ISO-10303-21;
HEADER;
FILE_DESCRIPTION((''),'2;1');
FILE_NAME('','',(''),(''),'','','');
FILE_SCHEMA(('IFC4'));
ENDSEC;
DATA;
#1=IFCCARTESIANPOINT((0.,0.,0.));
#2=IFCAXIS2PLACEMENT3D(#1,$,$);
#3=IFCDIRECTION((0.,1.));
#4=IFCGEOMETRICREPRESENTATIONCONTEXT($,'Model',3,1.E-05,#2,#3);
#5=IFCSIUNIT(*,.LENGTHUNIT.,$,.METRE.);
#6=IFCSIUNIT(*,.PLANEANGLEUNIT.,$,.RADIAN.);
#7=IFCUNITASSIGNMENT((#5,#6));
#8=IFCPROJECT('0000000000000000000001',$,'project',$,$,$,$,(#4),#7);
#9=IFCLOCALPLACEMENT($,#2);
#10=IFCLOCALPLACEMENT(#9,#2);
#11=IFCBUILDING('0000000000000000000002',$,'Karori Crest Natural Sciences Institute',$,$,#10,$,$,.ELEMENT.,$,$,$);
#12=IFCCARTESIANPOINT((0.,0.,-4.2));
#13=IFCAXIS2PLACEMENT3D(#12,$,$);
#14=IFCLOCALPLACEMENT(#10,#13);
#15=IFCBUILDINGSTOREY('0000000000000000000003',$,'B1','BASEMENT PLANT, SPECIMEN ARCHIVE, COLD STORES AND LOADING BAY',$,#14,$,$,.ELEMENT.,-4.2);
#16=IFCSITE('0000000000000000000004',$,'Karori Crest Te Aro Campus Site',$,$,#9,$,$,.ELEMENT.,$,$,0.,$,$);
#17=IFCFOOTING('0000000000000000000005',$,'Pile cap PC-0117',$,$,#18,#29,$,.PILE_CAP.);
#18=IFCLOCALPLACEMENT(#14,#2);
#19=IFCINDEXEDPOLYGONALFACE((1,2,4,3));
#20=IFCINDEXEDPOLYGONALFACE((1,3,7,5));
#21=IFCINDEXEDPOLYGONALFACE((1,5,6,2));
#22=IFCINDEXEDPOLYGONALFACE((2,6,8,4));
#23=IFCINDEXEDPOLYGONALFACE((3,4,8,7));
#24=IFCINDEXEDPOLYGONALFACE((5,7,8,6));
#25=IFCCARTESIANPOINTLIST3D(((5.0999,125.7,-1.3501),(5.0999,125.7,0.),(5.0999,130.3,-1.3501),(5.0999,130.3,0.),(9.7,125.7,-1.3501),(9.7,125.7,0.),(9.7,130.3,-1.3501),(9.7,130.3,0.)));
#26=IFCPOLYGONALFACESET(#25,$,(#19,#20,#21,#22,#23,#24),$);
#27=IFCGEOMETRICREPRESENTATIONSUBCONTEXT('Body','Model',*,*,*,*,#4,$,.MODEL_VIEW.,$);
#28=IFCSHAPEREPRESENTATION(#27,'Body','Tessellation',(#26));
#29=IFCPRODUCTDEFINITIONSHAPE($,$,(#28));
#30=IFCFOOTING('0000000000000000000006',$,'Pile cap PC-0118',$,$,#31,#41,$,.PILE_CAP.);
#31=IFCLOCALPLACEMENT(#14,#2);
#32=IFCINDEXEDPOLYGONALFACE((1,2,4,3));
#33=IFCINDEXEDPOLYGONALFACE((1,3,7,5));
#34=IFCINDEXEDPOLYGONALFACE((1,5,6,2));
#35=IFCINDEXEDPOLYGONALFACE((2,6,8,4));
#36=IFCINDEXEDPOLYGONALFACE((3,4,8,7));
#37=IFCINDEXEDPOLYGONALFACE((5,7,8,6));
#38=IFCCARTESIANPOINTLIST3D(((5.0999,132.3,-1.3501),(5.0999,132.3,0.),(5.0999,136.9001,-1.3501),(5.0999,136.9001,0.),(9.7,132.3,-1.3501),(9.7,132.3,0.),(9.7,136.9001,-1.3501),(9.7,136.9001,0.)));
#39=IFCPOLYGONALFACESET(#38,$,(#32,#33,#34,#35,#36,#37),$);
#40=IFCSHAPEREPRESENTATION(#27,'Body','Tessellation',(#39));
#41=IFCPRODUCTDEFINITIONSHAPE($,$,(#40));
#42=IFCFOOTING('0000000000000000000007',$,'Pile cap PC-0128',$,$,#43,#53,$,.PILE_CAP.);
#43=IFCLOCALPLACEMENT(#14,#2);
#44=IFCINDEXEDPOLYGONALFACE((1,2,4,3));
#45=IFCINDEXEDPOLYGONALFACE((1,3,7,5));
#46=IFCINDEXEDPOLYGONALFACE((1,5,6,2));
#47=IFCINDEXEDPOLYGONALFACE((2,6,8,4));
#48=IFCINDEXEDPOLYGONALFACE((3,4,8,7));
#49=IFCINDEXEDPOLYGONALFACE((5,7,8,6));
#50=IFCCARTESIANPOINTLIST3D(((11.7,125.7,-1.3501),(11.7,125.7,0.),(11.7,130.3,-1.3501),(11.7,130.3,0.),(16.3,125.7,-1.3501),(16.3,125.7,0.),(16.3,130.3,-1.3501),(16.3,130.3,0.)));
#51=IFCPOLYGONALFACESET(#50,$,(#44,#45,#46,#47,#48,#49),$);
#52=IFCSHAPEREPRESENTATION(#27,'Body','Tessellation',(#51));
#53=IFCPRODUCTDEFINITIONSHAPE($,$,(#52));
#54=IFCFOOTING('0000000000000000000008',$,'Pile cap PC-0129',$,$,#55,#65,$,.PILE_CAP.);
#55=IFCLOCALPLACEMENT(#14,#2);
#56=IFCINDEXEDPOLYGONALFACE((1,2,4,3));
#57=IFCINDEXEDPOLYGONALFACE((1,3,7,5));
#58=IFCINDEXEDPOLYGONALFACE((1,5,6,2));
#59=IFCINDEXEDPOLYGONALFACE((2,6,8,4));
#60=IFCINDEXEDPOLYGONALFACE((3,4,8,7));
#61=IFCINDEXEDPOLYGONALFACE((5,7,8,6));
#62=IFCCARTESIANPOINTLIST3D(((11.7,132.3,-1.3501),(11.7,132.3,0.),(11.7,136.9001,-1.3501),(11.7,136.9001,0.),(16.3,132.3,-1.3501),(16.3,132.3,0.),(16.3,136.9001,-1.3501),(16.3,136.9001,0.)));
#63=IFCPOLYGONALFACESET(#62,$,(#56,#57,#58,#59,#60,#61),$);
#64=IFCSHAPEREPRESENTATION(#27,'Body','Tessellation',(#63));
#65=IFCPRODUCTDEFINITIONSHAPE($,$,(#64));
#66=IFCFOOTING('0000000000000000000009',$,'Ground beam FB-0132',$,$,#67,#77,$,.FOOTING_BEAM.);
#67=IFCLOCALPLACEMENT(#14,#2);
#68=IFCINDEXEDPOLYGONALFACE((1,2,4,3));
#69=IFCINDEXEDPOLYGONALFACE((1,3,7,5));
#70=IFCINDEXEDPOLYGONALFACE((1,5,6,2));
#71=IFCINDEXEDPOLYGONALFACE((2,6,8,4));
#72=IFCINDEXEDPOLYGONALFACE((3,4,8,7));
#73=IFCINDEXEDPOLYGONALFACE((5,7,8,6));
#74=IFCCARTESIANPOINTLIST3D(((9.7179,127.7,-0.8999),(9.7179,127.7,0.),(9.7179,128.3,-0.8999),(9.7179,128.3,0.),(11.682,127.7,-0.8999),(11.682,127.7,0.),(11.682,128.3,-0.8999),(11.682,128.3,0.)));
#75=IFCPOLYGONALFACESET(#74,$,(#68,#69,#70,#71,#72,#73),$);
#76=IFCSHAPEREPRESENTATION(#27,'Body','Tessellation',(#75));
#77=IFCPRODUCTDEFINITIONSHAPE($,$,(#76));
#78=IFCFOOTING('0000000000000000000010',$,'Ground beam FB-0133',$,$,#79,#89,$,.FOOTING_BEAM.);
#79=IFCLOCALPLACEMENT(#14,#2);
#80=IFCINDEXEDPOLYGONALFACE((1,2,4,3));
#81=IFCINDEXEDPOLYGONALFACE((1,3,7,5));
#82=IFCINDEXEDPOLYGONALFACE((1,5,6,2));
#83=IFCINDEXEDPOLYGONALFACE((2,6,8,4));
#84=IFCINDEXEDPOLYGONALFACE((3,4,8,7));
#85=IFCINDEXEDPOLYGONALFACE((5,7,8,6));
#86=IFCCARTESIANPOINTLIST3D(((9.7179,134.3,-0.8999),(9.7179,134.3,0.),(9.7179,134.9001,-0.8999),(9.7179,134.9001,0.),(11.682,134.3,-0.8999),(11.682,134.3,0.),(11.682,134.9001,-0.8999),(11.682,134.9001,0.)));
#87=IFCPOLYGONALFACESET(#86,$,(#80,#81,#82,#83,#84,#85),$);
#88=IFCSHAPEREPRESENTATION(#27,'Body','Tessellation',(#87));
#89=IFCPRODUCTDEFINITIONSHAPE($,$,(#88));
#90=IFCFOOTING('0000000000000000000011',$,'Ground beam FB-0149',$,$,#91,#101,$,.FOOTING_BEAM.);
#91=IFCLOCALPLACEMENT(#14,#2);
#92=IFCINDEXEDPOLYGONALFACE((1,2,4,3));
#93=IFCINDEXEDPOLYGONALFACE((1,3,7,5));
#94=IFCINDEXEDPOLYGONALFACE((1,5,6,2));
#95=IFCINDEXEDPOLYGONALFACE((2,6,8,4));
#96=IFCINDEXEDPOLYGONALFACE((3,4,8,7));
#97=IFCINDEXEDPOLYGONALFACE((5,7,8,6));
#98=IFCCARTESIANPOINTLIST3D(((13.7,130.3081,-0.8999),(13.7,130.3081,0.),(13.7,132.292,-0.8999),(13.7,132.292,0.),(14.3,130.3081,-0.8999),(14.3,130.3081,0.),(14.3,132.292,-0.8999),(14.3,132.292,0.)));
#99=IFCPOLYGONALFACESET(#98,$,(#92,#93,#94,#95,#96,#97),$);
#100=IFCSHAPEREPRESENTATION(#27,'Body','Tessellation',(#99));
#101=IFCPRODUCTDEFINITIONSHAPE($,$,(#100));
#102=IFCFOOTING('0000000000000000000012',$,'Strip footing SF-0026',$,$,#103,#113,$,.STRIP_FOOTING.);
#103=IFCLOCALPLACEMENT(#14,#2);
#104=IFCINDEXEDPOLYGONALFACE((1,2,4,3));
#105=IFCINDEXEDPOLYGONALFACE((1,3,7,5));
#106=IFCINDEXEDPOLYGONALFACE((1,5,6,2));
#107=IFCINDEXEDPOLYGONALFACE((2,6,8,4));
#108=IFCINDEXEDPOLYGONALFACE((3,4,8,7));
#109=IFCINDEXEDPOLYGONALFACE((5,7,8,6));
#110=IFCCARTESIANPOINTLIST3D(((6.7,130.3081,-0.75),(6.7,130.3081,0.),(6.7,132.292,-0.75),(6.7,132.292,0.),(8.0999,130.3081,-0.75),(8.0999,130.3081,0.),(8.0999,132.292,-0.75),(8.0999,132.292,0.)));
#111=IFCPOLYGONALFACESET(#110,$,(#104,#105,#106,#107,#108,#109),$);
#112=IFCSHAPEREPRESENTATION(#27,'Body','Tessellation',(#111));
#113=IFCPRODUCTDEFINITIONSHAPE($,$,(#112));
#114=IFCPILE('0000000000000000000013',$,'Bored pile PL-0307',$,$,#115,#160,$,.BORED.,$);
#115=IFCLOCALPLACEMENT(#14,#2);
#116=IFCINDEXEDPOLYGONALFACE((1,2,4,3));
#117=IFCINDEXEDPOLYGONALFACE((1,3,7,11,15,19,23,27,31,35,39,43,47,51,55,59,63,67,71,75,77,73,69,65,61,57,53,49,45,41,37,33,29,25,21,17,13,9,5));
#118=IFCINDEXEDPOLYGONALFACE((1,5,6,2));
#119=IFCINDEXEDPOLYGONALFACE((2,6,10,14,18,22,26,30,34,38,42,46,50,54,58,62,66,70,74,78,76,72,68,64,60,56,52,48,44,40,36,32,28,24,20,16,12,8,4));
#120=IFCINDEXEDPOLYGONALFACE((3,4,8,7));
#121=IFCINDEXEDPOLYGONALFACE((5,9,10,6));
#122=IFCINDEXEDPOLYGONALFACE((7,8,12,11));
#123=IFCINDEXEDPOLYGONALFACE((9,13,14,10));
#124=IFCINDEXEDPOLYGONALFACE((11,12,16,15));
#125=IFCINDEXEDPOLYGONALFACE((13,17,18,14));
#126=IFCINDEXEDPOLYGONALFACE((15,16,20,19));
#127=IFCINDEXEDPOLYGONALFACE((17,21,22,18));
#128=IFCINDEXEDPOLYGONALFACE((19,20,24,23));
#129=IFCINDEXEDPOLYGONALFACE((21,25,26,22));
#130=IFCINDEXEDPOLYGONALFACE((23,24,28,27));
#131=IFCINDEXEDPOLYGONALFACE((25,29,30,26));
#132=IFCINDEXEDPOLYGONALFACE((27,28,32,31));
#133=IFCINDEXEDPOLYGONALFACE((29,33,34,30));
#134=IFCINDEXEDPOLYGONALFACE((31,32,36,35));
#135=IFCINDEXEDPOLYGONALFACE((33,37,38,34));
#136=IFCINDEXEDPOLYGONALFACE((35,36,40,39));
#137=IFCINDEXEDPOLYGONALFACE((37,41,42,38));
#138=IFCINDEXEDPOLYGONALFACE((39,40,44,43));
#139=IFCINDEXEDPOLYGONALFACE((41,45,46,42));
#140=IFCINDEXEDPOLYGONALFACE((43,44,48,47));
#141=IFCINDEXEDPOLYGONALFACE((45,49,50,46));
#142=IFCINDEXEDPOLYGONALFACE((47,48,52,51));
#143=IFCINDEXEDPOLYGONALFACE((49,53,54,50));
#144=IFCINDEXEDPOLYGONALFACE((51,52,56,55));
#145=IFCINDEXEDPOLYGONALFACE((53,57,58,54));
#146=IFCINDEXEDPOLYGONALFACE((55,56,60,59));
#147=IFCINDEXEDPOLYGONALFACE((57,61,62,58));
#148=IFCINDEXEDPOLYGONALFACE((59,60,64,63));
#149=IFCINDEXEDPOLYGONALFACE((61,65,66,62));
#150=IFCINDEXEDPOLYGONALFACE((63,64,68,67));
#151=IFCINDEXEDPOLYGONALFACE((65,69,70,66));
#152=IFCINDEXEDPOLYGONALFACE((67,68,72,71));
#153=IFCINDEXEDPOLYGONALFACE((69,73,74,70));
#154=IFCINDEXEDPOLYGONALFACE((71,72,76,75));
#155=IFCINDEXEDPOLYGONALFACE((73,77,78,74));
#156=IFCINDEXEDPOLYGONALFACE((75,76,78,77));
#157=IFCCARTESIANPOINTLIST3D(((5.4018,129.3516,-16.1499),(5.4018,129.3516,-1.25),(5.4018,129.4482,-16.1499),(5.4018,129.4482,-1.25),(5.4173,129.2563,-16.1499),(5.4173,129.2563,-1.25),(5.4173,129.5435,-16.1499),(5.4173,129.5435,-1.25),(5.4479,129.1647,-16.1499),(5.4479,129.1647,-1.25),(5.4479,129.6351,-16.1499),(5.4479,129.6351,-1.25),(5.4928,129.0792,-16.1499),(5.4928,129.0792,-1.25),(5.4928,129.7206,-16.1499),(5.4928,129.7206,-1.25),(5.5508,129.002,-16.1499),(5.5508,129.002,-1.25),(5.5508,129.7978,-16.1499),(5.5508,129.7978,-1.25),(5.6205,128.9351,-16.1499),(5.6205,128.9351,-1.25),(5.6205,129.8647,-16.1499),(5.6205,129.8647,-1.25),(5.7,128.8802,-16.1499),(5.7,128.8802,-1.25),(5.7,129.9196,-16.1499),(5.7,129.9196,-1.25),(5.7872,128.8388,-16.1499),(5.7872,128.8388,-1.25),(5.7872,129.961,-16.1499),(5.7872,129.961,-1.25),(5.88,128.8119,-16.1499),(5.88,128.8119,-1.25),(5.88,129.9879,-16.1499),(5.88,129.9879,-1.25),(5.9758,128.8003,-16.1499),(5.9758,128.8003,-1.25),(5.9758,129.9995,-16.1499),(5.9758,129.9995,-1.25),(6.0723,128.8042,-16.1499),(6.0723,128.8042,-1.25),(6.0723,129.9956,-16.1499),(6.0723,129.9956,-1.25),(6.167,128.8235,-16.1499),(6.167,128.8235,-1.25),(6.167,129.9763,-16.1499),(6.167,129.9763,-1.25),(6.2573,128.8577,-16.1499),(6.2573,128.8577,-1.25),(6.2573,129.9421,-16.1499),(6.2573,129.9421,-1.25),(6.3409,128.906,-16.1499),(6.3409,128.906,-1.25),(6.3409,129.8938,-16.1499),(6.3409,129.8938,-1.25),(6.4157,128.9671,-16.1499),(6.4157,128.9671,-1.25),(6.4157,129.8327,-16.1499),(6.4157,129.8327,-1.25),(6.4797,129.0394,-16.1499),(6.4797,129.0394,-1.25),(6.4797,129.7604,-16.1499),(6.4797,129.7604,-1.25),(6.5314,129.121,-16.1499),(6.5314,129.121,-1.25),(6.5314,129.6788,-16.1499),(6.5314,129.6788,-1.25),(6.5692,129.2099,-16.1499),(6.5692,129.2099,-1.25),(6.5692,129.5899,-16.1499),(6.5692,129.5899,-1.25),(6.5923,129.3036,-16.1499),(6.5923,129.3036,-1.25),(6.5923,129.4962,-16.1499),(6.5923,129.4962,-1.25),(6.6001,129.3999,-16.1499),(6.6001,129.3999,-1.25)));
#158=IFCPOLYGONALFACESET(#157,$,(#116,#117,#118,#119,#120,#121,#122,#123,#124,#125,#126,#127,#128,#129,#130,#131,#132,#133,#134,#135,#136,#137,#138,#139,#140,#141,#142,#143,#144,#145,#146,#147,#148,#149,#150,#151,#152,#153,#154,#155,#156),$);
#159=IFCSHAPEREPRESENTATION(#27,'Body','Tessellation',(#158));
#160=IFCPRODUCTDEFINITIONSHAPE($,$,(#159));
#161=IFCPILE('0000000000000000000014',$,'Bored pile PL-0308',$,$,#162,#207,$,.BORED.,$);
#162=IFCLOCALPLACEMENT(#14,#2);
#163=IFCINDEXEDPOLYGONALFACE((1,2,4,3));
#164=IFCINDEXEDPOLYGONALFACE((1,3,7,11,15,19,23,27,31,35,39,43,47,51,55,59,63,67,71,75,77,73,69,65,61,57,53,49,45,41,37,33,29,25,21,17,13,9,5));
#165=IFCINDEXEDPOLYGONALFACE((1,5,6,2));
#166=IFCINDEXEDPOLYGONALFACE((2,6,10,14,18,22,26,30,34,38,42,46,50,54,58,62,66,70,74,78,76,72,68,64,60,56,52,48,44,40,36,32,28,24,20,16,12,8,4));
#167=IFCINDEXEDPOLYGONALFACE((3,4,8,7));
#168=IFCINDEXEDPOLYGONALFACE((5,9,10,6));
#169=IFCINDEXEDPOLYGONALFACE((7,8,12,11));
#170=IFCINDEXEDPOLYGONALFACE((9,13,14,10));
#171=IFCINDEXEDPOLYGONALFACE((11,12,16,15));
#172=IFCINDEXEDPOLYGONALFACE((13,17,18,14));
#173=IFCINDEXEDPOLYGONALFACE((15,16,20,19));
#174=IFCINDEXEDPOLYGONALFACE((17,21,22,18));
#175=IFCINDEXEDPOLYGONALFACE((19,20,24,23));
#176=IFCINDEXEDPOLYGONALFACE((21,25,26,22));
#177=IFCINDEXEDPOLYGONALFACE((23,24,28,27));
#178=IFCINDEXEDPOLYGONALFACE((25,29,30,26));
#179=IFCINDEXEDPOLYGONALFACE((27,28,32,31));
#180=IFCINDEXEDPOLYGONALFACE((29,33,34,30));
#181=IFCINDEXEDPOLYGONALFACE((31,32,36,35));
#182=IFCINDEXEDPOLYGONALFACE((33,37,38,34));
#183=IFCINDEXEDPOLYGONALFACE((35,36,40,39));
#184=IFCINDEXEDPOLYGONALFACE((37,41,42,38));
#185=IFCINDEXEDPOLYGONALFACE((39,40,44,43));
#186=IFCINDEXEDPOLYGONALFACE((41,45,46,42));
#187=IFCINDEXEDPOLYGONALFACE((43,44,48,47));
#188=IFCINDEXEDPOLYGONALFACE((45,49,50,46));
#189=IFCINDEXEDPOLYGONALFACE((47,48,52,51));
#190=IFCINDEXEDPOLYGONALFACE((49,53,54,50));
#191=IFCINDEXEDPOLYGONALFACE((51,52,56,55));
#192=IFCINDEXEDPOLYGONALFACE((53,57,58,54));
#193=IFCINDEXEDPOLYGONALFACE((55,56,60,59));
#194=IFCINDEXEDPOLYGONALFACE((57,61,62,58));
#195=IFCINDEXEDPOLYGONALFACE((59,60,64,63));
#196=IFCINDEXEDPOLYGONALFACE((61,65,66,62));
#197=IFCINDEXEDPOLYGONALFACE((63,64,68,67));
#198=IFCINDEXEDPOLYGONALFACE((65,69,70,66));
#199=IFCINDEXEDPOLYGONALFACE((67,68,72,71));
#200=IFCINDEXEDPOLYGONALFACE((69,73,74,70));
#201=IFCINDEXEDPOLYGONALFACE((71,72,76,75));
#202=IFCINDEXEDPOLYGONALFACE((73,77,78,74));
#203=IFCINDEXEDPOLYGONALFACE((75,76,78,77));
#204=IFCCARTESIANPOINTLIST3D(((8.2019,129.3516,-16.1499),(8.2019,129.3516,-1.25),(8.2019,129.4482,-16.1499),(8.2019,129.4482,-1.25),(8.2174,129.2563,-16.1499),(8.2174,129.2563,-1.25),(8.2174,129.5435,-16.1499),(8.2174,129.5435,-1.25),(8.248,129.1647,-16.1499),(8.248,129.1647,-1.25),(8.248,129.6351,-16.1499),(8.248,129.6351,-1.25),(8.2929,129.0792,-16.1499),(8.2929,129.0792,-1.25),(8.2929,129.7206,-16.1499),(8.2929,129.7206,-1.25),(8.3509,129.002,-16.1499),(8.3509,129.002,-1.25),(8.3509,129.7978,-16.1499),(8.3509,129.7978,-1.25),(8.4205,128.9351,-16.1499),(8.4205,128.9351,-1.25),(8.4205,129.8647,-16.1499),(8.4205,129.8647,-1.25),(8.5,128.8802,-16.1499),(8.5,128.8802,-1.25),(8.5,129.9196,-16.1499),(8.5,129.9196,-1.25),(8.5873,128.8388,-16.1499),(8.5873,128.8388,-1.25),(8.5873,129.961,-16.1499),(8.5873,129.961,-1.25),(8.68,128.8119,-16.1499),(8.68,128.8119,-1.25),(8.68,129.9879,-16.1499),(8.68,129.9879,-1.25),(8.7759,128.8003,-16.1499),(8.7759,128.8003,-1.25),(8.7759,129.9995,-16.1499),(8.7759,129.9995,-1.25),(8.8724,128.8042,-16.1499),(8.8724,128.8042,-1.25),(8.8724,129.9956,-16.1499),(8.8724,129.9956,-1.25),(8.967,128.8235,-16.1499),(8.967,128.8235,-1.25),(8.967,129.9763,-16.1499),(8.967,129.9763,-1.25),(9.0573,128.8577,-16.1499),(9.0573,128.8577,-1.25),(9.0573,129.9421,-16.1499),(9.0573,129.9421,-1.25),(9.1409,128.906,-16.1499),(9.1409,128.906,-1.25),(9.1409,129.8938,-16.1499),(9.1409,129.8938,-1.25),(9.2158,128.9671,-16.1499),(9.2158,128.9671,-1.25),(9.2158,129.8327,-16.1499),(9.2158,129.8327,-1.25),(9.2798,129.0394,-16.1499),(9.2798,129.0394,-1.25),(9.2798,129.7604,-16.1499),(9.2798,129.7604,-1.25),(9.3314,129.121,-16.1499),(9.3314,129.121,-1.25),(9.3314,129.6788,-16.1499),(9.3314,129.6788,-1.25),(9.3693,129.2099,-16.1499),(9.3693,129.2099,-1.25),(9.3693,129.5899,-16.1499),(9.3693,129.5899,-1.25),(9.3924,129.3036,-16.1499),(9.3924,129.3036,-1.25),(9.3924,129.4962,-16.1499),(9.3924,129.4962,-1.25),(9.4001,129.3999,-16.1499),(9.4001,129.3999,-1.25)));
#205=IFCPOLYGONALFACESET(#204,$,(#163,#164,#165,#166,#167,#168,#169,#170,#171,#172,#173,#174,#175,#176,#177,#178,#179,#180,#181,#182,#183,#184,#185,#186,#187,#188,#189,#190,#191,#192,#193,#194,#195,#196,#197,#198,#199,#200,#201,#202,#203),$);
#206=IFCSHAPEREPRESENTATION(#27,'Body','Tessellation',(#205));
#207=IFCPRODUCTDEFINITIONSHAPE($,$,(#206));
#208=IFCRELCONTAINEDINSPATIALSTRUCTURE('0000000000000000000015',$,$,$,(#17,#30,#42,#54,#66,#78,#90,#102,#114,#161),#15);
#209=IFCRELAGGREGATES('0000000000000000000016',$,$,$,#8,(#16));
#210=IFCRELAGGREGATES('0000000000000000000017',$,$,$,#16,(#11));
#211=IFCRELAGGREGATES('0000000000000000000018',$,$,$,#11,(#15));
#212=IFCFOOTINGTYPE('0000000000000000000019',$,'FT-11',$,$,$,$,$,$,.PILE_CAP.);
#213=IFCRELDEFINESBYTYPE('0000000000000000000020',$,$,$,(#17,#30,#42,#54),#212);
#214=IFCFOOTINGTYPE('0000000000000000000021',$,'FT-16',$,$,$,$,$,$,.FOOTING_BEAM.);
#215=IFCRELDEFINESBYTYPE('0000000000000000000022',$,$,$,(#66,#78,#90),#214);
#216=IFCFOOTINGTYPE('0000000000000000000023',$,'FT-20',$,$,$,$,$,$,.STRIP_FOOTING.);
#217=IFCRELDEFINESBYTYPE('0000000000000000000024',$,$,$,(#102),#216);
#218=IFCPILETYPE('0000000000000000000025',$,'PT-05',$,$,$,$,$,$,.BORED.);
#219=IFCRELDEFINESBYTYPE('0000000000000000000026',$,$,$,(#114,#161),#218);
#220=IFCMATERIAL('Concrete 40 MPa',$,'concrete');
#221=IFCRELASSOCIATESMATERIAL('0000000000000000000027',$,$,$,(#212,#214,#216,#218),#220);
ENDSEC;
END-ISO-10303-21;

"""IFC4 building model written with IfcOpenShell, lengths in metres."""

from ifc_helpers import new_model, si_unit, direction, frame, origin, origin_2d, place, context, subcontext, project, spatial, rectangle, circle, extrude, material, material_profile, profile_set, type_object, element, save


model = new_model("IFC4")

# Units and contexts
model_context = context("Model", 3, precision=1e-05, world=origin(), true_north=direction((0.0, 1.0)))
body_context = subcontext(model_context, "Body", "Model", "MODEL_VIEW")
ifc_project = project(units=[si_unit("LENGTHUNIT", "METRE"), si_unit("PLANEANGLEUNIT", "RADIAN")], contexts=[model_context])

# Site, building, storey
site_placement = place(None, origin())
site = spatial("IfcSite", under=ifc_project, at=site_placement, Name="Karori Crest Te Aro Campus Site", CompositionType="ELEMENT", RefElevation=0.0)
building_placement = place(site_placement, origin())
building = spatial("IfcBuilding", under=site, at=building_placement, Name="Karori Crest Natural Sciences Institute", CompositionType="ELEMENT")
storey_placement = place(building_placement, frame((0.0, 0.0, -4.2)))
storey = spatial("IfcBuildingStorey", under=building, at=storey_placement, Name="B1", Description="BASEMENT PLANT, SPECIMEN ARCHIVE, COLD STORES AND LOADING BAY", CompositionType="ELEMENT", Elevation=-4.2)

# Footings
ifc_material_1 = material(Name="Concrete 40 MPa", Category="concrete")
footing_type_1 = type_object("IfcFootingType", Name="FT-11", PredefinedType="PILE_CAP", material=ifc_material_1)
for number, where, z_axis, x_axis, name in (
    (1, (7.3999, 128.0, -1.3501), (0.0, 0.0, 1.0), (1.0, 0.0, 0.0), "Pile cap PC-0117"),
    (2, (7.3999, 134.6001, -1.3501), (0.0, 0.0, 1.0), (1.0, 0.0, 0.0), "Pile cap PC-0118"),
    (3, (14.0, 128.0, -1.3501), (0.0, 0.0, 1.0), (1.0, 0.0, 0.0), "Pile cap PC-0128"),
    (4, (14.0, 134.6001, -1.3501), (0.0, 0.0, 1.0), (1.0, 0.0, 0.0), "Pile cap PC-0129"),
):
    element("IfcFooting", number, at=place(storey_placement, frame(where, z_axis=z_axis, x_axis=x_axis)), inside=storey, type_object=footing_type_1, Name=name, PredefinedType="PILE_CAP", context=body_context, shape_type="SweptSolid", body=[
        extrude(rectangle(XDim=4.6001, YDim=4.6001, at=origin_2d()), origin(), (0.0, 0.0, 1.0), 1.3501),
    ])
footing_type_2 = type_object("IfcFootingType", Name="FT-16", PredefinedType="FOOTING_BEAM", material=ifc_material_1)
for number, where, z_axis, x_axis, name in (
    (5, (10.7, 128.0, -0.8999), (0.0, 0.0, 1.0), (1.0, 0.0, 0.0), "Ground beam FB-0132"),
    (6, (10.7, 134.6001, -0.8999), (0.0, 0.0, 1.0), (1.0, 0.0, 0.0), "Ground beam FB-0133"),
):
    element("IfcFooting", number, at=place(storey_placement, frame(where, z_axis=z_axis, x_axis=x_axis)), inside=storey, type_object=footing_type_2, Name=name, PredefinedType="FOOTING_BEAM", context=body_context, shape_type="SweptSolid", body=[
        extrude(rectangle(XDim=1.9641, YDim=0.6001, at=origin_2d()), origin(), (0.0, 0.0, 1.0), 0.8999),
    ])
footing_1_placement = place(storey_placement, frame((14.0, 131.3, -0.8999), z_axis=(0.0, 0.0, 1.0), x_axis=(0.0, 1.0, 0.0)))
element("IfcFooting", 7, at=footing_1_placement, inside=storey, type_object=footing_type_2, Name="Ground beam FB-0149", PredefinedType="FOOTING_BEAM", context=body_context, shape_type="SweptSolid", body=[
    extrude(rectangle(XDim=1.9839, YDim=0.6001, at=origin_2d()), origin(), (0.0, 0.0, 1.0), 0.8999),
])
footing_type_3 = type_object("IfcFootingType", Name="FT-20", PredefinedType="STRIP_FOOTING", material=ifc_material_1)
footing_2_placement = place(storey_placement, frame((7.3999, 131.3, -0.75), z_axis=(0.0, 0.0, 1.0), x_axis=(0.0, 1.0, 0.0)))
element("IfcFooting", 8, at=footing_2_placement, inside=storey, type_object=footing_type_3, Name="Strip footing SF-0026", PredefinedType="STRIP_FOOTING", context=body_context, shape_type="SweptSolid", body=[
    extrude(rectangle(XDim=1.9839, YDim=1.3999, at=origin_2d()), origin(), (0.0, 0.0, 1.0), 0.75),
])

# Piles
ifc_material_profile_1 = material_profile(ifc_material_1, circle(Radius=0.6001, at=origin_2d()), Name="PILE1200")
ifc_profile_set_1 = profile_set([ifc_material_profile_1], Name="Concrete 40 MPa")
pile_type = type_object("IfcPileType", Name="PT-05", PredefinedType="BORED", material=ifc_profile_set_1)
for number, where, z_axis, x_axis, name in (
    (9, (6.0, 129.3999, -1.25), (0.0, 0.0, -1.0), (1.0, 0.0, 0.0), "Bored pile PL-0307"),
    (10, (8.8, 129.3999, -1.25), (0.0, 0.0, -1.0), (1.0, 0.0, 0.0), "Bored pile PL-0308"),
):
    element("IfcPile", number, at=place(storey_placement, frame(where, z_axis=z_axis, x_axis=x_axis)), inside=storey, type_object=pile_type, Name=name, PredefinedType="BORED", context=body_context, shape_type="SweptSolid", body=[
        extrude(circle(Radius=0.6001, at=origin_2d()), origin(), (0.0, 0.0, 1.0), 14.8999),
    ])

save(model, "model.ifc")
